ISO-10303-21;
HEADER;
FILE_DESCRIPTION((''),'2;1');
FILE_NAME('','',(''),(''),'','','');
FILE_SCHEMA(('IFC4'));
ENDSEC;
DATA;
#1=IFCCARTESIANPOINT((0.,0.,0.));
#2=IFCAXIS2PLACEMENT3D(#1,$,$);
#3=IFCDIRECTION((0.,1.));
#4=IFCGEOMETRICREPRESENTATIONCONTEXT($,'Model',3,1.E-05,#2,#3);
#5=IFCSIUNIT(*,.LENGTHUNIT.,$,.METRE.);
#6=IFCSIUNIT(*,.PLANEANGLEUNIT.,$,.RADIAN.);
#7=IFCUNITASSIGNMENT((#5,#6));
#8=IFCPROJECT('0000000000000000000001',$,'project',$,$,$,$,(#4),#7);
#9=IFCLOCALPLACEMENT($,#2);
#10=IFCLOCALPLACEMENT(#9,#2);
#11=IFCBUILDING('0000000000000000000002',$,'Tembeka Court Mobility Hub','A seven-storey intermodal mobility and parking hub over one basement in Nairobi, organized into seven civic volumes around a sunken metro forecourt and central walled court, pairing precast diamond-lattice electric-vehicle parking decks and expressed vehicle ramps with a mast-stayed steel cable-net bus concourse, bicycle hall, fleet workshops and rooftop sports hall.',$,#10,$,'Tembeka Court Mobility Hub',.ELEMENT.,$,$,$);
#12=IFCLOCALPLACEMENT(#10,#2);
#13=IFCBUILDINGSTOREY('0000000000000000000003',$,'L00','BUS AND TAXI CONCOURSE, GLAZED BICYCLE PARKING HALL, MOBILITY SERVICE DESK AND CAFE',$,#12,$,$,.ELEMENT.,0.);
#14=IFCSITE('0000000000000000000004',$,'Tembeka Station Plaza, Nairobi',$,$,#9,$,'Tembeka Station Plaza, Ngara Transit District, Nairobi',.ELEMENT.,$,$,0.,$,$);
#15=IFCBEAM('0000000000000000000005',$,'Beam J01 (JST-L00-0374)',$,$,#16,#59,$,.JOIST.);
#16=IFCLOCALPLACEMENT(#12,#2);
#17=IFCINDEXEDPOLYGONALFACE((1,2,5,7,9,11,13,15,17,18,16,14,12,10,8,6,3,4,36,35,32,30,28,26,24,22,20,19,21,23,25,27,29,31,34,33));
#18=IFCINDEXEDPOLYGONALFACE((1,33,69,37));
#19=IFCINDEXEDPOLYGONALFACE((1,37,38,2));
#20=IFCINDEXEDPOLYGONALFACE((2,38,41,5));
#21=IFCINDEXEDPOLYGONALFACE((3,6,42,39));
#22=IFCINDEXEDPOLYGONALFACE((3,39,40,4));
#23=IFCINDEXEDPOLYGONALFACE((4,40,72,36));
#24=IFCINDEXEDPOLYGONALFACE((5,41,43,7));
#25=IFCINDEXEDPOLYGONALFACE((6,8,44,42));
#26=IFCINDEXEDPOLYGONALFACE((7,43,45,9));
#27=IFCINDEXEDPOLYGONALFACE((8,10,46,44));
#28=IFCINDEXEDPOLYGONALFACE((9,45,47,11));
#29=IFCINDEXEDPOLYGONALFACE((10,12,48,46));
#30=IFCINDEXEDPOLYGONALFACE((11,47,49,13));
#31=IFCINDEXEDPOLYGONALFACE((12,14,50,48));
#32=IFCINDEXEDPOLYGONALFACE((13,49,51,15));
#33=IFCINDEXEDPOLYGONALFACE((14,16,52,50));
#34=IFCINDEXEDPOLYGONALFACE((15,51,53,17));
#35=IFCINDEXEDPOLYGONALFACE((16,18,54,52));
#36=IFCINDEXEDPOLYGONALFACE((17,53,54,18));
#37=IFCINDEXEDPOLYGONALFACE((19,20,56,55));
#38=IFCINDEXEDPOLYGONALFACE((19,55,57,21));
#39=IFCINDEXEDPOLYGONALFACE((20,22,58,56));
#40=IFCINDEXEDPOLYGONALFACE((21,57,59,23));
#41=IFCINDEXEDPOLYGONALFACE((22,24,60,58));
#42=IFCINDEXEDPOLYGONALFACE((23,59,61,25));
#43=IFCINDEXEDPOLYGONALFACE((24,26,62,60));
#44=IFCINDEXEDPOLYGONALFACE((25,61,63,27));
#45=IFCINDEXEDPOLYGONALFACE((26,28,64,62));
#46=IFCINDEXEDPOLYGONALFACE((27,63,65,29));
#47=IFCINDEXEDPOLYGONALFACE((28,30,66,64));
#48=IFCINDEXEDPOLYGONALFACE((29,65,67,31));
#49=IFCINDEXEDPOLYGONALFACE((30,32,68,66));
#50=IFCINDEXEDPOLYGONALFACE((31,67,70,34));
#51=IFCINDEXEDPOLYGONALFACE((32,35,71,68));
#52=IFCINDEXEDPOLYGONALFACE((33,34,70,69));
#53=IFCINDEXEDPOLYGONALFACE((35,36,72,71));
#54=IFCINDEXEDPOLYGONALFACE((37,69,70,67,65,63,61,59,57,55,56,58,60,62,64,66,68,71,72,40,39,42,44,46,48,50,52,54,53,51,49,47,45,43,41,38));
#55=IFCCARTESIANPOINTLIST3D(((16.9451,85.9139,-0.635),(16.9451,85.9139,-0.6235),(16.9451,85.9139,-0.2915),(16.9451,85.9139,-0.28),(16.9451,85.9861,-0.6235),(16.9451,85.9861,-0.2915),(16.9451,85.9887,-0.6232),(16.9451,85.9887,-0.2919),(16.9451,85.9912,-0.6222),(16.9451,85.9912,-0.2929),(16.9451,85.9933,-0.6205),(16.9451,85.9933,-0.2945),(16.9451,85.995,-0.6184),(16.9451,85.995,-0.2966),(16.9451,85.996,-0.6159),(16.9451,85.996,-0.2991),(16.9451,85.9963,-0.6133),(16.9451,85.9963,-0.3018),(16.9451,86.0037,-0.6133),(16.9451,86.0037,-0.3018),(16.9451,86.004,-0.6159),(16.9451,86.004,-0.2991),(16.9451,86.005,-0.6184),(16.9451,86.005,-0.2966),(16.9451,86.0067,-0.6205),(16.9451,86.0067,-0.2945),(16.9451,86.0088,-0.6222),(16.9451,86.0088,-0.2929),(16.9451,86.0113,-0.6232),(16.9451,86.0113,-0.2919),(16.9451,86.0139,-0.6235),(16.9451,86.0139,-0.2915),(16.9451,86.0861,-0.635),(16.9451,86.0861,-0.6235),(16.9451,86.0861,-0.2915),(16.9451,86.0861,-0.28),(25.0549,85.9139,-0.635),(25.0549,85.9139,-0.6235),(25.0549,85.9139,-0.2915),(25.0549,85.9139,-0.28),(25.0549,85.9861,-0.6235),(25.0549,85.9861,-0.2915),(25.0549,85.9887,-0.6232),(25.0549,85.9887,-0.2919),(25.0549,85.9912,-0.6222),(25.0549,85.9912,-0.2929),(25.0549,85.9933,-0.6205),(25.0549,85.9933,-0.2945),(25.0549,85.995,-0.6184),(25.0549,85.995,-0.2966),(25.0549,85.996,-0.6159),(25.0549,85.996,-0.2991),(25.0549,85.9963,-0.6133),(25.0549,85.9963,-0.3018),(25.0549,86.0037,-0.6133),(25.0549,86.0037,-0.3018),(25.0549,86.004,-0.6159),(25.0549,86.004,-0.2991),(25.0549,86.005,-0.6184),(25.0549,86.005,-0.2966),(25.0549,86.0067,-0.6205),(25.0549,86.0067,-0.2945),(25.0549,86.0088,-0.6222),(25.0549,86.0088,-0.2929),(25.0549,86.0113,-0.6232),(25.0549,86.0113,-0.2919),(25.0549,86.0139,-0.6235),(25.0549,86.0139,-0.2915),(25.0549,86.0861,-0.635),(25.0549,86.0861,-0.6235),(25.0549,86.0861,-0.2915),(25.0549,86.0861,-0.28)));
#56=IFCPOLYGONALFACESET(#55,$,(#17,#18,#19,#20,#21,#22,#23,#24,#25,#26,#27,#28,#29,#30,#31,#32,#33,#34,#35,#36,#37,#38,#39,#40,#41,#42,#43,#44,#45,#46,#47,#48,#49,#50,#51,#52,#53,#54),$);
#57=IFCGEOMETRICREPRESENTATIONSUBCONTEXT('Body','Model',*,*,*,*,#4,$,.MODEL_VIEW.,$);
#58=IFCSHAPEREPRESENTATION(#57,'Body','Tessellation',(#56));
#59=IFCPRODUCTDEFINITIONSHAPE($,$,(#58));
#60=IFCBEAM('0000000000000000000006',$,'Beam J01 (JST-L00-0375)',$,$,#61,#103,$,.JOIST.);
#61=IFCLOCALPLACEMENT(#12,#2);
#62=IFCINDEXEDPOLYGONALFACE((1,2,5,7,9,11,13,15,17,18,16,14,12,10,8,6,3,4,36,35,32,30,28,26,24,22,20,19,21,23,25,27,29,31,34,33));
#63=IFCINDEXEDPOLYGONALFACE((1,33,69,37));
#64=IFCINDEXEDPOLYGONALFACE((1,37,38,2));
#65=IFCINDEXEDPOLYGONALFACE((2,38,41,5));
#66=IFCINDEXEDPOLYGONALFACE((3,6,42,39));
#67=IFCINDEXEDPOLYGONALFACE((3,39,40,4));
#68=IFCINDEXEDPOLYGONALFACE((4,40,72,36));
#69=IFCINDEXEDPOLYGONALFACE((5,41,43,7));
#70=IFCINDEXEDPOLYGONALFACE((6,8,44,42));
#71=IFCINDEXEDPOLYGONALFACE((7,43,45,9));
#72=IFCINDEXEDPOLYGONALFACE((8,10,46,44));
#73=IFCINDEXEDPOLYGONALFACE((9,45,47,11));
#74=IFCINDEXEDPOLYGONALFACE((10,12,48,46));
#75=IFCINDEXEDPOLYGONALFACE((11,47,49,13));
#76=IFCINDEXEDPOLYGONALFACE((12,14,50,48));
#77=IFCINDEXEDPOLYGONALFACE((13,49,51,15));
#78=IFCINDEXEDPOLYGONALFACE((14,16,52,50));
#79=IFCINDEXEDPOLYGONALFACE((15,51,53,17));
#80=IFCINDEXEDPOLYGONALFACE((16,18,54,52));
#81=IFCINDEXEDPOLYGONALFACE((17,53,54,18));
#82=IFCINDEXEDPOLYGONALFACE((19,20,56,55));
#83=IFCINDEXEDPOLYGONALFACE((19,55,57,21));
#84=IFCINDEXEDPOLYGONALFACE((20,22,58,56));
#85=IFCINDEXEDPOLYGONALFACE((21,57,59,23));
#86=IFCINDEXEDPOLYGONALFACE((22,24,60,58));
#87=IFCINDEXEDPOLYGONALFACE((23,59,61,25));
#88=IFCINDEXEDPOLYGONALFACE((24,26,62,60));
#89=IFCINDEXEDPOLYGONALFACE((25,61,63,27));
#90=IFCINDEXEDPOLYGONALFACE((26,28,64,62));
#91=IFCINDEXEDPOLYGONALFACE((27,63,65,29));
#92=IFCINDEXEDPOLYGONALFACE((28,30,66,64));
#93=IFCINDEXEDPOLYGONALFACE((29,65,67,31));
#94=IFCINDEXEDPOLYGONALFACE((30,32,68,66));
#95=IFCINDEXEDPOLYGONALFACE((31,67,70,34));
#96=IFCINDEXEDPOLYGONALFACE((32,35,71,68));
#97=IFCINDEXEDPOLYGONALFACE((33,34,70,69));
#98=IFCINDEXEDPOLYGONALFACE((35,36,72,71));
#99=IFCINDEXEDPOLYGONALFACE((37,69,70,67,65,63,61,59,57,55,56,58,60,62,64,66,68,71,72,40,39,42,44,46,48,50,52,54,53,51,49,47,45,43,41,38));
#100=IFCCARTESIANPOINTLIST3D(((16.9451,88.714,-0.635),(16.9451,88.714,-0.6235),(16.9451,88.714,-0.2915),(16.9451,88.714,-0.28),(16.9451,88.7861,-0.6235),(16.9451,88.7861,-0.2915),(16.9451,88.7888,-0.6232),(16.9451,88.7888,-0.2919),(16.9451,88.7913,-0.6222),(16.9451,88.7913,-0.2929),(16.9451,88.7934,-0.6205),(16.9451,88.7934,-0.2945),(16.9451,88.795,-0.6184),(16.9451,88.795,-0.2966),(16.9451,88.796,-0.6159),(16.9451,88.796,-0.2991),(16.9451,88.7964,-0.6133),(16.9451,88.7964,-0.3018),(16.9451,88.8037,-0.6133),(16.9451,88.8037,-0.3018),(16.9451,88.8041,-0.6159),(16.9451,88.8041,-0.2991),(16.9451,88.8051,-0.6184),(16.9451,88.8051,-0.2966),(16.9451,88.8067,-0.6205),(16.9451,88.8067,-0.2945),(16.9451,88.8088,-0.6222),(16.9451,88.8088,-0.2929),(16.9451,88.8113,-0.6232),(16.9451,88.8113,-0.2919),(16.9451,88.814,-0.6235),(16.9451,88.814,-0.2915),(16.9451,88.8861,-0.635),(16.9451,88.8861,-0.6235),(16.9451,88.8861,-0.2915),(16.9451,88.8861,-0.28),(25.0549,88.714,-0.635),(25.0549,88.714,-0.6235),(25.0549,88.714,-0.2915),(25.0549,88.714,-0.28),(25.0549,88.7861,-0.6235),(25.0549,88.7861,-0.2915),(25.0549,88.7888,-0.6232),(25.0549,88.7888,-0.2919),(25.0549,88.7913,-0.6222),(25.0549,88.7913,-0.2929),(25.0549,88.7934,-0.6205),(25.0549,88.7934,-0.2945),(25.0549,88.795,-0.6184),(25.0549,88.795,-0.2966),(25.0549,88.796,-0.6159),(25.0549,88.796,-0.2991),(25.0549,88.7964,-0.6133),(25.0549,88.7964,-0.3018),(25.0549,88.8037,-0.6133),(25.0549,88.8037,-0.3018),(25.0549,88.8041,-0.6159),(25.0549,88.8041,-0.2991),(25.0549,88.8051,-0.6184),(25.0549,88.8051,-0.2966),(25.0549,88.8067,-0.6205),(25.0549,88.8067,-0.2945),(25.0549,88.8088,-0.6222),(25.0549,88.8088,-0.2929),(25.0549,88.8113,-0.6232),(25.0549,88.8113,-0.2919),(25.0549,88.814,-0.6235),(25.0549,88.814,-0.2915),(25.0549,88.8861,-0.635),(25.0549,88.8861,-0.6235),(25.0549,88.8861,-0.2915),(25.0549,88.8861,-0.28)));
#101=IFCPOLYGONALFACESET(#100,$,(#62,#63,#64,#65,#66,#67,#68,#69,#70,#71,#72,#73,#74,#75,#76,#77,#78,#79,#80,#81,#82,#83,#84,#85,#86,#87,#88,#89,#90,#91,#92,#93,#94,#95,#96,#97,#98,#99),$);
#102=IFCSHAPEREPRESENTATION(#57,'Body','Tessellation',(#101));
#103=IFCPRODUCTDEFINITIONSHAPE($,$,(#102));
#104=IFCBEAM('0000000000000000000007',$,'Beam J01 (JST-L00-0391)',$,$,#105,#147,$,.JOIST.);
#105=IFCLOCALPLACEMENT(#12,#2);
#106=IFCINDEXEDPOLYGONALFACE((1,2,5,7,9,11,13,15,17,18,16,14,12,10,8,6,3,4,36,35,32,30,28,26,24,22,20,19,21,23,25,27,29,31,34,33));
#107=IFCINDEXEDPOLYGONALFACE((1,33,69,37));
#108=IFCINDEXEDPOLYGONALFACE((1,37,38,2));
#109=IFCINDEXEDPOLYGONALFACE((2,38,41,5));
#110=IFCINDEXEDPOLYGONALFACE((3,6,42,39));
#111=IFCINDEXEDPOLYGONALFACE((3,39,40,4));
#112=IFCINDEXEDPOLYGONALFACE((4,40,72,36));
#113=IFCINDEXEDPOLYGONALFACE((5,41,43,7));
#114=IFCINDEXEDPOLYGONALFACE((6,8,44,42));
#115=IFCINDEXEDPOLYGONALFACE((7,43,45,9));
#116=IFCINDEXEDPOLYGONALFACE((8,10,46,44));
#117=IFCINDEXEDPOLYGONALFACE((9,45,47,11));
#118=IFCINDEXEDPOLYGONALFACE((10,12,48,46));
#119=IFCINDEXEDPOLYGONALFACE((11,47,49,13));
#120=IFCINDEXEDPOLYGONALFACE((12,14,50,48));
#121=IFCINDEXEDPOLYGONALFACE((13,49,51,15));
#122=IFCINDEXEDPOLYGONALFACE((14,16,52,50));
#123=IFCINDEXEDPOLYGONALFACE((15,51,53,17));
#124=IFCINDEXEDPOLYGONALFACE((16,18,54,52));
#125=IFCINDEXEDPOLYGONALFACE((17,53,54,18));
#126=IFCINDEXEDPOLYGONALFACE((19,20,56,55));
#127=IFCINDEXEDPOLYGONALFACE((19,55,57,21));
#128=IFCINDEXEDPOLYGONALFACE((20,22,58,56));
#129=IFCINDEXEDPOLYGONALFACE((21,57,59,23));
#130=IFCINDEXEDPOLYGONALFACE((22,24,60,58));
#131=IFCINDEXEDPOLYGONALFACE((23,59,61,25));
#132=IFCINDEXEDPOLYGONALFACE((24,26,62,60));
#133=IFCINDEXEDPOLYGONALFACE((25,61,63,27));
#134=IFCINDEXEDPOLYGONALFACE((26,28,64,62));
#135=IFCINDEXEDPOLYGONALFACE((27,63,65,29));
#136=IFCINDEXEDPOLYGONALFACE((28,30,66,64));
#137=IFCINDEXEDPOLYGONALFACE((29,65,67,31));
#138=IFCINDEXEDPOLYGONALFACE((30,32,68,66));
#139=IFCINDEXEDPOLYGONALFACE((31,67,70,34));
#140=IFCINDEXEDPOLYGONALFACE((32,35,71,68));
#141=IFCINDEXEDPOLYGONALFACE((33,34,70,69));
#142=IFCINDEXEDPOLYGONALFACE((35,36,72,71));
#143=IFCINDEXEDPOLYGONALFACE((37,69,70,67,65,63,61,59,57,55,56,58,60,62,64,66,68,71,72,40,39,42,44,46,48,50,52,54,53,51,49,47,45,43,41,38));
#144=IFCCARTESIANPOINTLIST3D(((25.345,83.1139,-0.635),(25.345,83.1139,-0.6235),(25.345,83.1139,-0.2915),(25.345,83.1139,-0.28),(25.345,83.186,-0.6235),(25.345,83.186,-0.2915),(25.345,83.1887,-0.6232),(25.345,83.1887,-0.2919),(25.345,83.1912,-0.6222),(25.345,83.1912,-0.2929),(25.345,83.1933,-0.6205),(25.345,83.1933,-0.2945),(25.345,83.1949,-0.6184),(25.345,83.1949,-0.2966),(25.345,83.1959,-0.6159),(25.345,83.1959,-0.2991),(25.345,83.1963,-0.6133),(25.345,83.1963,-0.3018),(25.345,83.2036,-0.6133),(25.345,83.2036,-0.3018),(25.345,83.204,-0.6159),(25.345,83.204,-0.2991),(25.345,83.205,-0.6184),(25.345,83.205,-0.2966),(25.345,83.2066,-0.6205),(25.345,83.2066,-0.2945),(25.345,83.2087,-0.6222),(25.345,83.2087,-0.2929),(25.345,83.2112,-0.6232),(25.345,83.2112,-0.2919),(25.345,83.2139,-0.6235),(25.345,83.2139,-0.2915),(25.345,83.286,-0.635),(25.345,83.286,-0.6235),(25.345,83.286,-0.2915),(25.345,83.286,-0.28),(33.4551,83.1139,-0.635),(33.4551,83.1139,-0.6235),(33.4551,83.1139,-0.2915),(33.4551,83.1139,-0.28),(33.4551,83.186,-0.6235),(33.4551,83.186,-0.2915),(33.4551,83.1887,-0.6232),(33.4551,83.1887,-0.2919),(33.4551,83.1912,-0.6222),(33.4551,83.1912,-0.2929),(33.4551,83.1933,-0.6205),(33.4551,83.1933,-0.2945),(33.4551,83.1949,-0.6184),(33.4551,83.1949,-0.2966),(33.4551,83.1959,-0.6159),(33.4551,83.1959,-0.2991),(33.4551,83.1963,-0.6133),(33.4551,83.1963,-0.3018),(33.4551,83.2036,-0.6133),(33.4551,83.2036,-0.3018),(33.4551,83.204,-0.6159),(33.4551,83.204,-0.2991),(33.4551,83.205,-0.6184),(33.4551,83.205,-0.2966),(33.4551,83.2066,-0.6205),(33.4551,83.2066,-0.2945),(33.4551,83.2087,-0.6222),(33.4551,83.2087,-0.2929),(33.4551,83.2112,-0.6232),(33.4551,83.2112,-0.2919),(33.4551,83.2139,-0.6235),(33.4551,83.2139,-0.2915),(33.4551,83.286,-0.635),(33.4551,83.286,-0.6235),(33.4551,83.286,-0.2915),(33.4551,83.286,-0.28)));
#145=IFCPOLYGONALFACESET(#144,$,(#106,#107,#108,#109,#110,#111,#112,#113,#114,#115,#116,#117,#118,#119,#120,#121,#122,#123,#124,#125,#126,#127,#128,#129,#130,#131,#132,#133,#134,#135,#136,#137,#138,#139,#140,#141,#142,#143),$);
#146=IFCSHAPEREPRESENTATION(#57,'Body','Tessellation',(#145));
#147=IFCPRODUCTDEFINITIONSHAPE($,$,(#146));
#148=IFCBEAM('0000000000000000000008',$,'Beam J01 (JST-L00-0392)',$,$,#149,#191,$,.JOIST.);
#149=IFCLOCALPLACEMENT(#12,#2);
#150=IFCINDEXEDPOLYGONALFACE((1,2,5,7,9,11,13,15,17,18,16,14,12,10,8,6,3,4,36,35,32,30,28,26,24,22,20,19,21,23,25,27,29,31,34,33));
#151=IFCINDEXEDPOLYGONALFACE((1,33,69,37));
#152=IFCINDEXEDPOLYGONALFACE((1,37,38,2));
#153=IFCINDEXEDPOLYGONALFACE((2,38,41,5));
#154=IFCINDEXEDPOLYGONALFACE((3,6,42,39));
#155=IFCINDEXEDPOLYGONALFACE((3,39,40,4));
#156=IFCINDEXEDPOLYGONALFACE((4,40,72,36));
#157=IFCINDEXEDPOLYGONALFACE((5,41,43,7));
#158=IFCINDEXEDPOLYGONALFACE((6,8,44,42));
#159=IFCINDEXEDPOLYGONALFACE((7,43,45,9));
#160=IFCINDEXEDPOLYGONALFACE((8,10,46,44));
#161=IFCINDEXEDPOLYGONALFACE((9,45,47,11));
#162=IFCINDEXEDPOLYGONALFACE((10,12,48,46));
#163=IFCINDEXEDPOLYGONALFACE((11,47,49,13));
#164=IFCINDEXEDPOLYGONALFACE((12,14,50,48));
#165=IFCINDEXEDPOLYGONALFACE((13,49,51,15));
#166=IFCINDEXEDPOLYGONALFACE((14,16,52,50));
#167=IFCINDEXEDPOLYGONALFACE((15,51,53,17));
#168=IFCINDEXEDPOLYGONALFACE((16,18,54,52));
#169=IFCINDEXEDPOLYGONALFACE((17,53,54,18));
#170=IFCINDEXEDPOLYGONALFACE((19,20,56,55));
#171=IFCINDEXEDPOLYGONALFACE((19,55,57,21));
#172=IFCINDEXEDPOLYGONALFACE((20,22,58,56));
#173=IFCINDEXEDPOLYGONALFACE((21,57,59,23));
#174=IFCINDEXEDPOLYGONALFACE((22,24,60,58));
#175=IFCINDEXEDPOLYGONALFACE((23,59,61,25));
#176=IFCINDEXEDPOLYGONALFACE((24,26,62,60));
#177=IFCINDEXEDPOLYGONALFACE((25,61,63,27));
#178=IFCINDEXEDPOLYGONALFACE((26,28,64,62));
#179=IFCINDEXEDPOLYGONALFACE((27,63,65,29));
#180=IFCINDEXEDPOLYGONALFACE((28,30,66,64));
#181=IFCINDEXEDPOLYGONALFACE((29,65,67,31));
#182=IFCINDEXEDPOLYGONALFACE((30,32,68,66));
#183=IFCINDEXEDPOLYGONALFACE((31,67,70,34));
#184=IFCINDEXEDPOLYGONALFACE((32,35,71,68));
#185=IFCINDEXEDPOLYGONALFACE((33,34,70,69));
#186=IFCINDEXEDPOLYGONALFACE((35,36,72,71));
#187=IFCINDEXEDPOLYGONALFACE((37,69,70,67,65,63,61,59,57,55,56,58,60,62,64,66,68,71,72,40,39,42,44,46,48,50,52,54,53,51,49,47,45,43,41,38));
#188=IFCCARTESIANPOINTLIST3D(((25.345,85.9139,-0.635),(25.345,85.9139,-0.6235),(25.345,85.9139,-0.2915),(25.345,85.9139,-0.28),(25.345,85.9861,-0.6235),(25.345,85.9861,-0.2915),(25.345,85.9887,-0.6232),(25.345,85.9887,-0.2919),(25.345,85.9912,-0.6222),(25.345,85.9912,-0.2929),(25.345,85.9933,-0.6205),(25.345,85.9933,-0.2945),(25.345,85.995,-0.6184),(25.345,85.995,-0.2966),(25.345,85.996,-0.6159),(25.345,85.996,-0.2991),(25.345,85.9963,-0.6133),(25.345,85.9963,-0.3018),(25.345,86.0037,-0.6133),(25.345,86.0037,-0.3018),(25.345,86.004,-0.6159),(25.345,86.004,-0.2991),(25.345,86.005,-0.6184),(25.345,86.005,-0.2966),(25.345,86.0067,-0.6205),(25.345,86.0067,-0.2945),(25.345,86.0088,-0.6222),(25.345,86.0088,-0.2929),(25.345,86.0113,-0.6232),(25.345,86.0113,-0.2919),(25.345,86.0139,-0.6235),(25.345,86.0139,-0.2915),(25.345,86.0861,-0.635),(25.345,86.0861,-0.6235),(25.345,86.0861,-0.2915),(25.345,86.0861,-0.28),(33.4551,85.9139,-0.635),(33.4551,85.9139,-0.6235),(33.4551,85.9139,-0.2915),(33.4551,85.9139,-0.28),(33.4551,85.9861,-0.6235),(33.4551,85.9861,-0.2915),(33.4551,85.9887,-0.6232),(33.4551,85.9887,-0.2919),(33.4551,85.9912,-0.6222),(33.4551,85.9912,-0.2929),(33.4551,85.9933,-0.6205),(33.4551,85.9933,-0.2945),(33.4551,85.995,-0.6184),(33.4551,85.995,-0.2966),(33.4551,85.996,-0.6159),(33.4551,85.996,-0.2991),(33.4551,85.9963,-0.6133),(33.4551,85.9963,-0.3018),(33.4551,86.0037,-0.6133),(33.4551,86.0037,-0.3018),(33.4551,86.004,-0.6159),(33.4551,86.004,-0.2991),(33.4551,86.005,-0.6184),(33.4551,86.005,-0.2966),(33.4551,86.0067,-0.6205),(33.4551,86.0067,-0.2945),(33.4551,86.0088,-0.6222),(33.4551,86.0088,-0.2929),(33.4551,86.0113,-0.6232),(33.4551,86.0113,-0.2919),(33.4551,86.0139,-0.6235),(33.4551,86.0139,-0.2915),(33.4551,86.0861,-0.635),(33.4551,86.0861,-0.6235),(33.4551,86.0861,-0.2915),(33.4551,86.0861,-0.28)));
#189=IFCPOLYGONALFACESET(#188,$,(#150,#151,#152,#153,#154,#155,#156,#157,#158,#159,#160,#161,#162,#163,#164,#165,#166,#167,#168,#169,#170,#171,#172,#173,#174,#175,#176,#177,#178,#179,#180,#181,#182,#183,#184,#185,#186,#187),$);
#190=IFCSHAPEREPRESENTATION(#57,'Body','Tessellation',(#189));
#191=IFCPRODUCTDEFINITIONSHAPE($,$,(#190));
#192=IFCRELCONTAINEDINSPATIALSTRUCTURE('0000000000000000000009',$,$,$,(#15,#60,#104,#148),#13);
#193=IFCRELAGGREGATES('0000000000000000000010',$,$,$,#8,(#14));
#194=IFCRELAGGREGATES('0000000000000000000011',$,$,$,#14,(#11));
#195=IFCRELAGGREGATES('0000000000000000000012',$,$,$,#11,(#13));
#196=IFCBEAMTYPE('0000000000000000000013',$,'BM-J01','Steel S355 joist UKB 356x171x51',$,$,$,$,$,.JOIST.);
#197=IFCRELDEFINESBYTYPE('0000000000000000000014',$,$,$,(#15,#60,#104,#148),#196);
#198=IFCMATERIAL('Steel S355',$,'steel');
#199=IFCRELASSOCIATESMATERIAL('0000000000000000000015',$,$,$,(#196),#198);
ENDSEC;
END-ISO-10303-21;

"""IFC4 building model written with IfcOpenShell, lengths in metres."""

from ifc_helpers import new_model, si_unit, direction, frame, origin, origin_2d, place, context, subcontext, project, spatial, i_section, extrude, material, material_profile, profile_set, type_object, element, save


model = new_model("IFC4")

# Units and contexts
model_context = context("Model", 3, precision=1e-05, world=origin(), true_north=direction((0.0, 1.0)))
body_context = subcontext(model_context, "Body", "Model", "MODEL_VIEW")
ifc_project = project(units=[si_unit("LENGTHUNIT", "METRE"), si_unit("PLANEANGLEUNIT", "RADIAN")], contexts=[model_context])

# Site, building, storey
site_placement = place(None, origin())
site = spatial("IfcSite", under=ifc_project, at=site_placement, Name="Tembeka Station Plaza, Nairobi", LongName="Tembeka Station Plaza, Ngara Transit District, Nairobi", CompositionType="ELEMENT", RefElevation=0.0)
building_placement = place(site_placement, origin())
building = spatial("IfcBuilding", under=site, at=building_placement, Name="Tembeka Court Mobility Hub", Description="A seven-storey intermodal mobility and parking hub over one basement in Nairobi, organized into seven civic volumes around a sunken metro forecourt and central walled court, pairing precast diamond-lattice electric-vehicle parking decks and expressed vehicle ramps with a mast-stayed steel cable-net bus concourse, bicycle hall, fleet workshops and rooftop sports hall.", LongName="Tembeka Court Mobility Hub", CompositionType="ELEMENT")
storey_placement = place(building_placement, origin())
storey = spatial("IfcBuildingStorey", under=building, at=storey_placement, Name="L00", Description="BUS AND TAXI CONCOURSE, GLAZED BICYCLE PARKING HALL, MOBILITY SERVICE DESK AND CAFE", CompositionType="ELEMENT", Elevation=0.0)

# Shared definitions
ifc_material = material(Name="Steel S355", Category="steel")

# Beams
ifc_material_profile_1 = material_profile(ifc_material, i_section(OverallWidth=0.1721, OverallDepth=0.355, WebThickness=0.0073, FlangeThickness=0.0115, FilletRadius=0.0103, at=origin_2d()), Name="UKB 356x171x51")
ifc_profile_set_1 = profile_set([ifc_material_profile_1], Name="Steel S355")
beam_type_1 = type_object("IfcBeamType", Name="BM-J01", Description="Steel S355 joist UKB 356x171x51", PredefinedType="JOIST", material=ifc_profile_set_1)
for number, where, z_axis, x_axis, name in (
    (1, (16.9451, 86.0, -0.4575), (1.0, 0.0, 0.0), (0.0, 1.0, 0.0), "Beam J01 (JST-L00-0374)"),
    (2, (16.9451, 88.8, -0.4575), (1.0, 0.0, 0.0), (0.0, 1.0, 0.0), "Beam J01 (JST-L00-0375)"),
):
    element("IfcBeam", number, at=place(storey_placement, frame(where, z_axis=z_axis, x_axis=x_axis)), inside=storey, type_object=beam_type_1, Name=name, PredefinedType="JOIST", context=body_context, shape_type="SweptSolid", body=[
        extrude(i_section(OverallWidth=0.1721, OverallDepth=0.355, WebThickness=0.0073, FlangeThickness=0.0115, FilletRadius=0.0103, at=origin_2d()), origin(), (0.0, 0.0, 1.0), 8.1099),
    ])
for number, where, z_axis, x_axis, name in (
    (3, (25.345, 83.2, -0.4575), (1.0, 0.0, 0.0), (0.0, 1.0, 0.0), "Beam J01 (JST-L00-0391)"),
    (4, (25.345, 86.0, -0.4575), (1.0, 0.0, 0.0), (0.0, 1.0, 0.0), "Beam J01 (JST-L00-0392)"),
):
    element("IfcBeam", number, at=place(storey_placement, frame(where, z_axis=z_axis, x_axis=x_axis)), inside=storey, type_object=beam_type_1, Name=name, PredefinedType="JOIST", context=body_context, shape_type="SweptSolid", body=[
        extrude(i_section(OverallWidth=0.1721, OverallDepth=0.355, WebThickness=0.0073, FlangeThickness=0.0115, FilletRadius=0.0103, at=origin_2d()), origin(), (0.0, 0.0, 1.0), 8.1101),
    ])

save(model, "model.ifc")
